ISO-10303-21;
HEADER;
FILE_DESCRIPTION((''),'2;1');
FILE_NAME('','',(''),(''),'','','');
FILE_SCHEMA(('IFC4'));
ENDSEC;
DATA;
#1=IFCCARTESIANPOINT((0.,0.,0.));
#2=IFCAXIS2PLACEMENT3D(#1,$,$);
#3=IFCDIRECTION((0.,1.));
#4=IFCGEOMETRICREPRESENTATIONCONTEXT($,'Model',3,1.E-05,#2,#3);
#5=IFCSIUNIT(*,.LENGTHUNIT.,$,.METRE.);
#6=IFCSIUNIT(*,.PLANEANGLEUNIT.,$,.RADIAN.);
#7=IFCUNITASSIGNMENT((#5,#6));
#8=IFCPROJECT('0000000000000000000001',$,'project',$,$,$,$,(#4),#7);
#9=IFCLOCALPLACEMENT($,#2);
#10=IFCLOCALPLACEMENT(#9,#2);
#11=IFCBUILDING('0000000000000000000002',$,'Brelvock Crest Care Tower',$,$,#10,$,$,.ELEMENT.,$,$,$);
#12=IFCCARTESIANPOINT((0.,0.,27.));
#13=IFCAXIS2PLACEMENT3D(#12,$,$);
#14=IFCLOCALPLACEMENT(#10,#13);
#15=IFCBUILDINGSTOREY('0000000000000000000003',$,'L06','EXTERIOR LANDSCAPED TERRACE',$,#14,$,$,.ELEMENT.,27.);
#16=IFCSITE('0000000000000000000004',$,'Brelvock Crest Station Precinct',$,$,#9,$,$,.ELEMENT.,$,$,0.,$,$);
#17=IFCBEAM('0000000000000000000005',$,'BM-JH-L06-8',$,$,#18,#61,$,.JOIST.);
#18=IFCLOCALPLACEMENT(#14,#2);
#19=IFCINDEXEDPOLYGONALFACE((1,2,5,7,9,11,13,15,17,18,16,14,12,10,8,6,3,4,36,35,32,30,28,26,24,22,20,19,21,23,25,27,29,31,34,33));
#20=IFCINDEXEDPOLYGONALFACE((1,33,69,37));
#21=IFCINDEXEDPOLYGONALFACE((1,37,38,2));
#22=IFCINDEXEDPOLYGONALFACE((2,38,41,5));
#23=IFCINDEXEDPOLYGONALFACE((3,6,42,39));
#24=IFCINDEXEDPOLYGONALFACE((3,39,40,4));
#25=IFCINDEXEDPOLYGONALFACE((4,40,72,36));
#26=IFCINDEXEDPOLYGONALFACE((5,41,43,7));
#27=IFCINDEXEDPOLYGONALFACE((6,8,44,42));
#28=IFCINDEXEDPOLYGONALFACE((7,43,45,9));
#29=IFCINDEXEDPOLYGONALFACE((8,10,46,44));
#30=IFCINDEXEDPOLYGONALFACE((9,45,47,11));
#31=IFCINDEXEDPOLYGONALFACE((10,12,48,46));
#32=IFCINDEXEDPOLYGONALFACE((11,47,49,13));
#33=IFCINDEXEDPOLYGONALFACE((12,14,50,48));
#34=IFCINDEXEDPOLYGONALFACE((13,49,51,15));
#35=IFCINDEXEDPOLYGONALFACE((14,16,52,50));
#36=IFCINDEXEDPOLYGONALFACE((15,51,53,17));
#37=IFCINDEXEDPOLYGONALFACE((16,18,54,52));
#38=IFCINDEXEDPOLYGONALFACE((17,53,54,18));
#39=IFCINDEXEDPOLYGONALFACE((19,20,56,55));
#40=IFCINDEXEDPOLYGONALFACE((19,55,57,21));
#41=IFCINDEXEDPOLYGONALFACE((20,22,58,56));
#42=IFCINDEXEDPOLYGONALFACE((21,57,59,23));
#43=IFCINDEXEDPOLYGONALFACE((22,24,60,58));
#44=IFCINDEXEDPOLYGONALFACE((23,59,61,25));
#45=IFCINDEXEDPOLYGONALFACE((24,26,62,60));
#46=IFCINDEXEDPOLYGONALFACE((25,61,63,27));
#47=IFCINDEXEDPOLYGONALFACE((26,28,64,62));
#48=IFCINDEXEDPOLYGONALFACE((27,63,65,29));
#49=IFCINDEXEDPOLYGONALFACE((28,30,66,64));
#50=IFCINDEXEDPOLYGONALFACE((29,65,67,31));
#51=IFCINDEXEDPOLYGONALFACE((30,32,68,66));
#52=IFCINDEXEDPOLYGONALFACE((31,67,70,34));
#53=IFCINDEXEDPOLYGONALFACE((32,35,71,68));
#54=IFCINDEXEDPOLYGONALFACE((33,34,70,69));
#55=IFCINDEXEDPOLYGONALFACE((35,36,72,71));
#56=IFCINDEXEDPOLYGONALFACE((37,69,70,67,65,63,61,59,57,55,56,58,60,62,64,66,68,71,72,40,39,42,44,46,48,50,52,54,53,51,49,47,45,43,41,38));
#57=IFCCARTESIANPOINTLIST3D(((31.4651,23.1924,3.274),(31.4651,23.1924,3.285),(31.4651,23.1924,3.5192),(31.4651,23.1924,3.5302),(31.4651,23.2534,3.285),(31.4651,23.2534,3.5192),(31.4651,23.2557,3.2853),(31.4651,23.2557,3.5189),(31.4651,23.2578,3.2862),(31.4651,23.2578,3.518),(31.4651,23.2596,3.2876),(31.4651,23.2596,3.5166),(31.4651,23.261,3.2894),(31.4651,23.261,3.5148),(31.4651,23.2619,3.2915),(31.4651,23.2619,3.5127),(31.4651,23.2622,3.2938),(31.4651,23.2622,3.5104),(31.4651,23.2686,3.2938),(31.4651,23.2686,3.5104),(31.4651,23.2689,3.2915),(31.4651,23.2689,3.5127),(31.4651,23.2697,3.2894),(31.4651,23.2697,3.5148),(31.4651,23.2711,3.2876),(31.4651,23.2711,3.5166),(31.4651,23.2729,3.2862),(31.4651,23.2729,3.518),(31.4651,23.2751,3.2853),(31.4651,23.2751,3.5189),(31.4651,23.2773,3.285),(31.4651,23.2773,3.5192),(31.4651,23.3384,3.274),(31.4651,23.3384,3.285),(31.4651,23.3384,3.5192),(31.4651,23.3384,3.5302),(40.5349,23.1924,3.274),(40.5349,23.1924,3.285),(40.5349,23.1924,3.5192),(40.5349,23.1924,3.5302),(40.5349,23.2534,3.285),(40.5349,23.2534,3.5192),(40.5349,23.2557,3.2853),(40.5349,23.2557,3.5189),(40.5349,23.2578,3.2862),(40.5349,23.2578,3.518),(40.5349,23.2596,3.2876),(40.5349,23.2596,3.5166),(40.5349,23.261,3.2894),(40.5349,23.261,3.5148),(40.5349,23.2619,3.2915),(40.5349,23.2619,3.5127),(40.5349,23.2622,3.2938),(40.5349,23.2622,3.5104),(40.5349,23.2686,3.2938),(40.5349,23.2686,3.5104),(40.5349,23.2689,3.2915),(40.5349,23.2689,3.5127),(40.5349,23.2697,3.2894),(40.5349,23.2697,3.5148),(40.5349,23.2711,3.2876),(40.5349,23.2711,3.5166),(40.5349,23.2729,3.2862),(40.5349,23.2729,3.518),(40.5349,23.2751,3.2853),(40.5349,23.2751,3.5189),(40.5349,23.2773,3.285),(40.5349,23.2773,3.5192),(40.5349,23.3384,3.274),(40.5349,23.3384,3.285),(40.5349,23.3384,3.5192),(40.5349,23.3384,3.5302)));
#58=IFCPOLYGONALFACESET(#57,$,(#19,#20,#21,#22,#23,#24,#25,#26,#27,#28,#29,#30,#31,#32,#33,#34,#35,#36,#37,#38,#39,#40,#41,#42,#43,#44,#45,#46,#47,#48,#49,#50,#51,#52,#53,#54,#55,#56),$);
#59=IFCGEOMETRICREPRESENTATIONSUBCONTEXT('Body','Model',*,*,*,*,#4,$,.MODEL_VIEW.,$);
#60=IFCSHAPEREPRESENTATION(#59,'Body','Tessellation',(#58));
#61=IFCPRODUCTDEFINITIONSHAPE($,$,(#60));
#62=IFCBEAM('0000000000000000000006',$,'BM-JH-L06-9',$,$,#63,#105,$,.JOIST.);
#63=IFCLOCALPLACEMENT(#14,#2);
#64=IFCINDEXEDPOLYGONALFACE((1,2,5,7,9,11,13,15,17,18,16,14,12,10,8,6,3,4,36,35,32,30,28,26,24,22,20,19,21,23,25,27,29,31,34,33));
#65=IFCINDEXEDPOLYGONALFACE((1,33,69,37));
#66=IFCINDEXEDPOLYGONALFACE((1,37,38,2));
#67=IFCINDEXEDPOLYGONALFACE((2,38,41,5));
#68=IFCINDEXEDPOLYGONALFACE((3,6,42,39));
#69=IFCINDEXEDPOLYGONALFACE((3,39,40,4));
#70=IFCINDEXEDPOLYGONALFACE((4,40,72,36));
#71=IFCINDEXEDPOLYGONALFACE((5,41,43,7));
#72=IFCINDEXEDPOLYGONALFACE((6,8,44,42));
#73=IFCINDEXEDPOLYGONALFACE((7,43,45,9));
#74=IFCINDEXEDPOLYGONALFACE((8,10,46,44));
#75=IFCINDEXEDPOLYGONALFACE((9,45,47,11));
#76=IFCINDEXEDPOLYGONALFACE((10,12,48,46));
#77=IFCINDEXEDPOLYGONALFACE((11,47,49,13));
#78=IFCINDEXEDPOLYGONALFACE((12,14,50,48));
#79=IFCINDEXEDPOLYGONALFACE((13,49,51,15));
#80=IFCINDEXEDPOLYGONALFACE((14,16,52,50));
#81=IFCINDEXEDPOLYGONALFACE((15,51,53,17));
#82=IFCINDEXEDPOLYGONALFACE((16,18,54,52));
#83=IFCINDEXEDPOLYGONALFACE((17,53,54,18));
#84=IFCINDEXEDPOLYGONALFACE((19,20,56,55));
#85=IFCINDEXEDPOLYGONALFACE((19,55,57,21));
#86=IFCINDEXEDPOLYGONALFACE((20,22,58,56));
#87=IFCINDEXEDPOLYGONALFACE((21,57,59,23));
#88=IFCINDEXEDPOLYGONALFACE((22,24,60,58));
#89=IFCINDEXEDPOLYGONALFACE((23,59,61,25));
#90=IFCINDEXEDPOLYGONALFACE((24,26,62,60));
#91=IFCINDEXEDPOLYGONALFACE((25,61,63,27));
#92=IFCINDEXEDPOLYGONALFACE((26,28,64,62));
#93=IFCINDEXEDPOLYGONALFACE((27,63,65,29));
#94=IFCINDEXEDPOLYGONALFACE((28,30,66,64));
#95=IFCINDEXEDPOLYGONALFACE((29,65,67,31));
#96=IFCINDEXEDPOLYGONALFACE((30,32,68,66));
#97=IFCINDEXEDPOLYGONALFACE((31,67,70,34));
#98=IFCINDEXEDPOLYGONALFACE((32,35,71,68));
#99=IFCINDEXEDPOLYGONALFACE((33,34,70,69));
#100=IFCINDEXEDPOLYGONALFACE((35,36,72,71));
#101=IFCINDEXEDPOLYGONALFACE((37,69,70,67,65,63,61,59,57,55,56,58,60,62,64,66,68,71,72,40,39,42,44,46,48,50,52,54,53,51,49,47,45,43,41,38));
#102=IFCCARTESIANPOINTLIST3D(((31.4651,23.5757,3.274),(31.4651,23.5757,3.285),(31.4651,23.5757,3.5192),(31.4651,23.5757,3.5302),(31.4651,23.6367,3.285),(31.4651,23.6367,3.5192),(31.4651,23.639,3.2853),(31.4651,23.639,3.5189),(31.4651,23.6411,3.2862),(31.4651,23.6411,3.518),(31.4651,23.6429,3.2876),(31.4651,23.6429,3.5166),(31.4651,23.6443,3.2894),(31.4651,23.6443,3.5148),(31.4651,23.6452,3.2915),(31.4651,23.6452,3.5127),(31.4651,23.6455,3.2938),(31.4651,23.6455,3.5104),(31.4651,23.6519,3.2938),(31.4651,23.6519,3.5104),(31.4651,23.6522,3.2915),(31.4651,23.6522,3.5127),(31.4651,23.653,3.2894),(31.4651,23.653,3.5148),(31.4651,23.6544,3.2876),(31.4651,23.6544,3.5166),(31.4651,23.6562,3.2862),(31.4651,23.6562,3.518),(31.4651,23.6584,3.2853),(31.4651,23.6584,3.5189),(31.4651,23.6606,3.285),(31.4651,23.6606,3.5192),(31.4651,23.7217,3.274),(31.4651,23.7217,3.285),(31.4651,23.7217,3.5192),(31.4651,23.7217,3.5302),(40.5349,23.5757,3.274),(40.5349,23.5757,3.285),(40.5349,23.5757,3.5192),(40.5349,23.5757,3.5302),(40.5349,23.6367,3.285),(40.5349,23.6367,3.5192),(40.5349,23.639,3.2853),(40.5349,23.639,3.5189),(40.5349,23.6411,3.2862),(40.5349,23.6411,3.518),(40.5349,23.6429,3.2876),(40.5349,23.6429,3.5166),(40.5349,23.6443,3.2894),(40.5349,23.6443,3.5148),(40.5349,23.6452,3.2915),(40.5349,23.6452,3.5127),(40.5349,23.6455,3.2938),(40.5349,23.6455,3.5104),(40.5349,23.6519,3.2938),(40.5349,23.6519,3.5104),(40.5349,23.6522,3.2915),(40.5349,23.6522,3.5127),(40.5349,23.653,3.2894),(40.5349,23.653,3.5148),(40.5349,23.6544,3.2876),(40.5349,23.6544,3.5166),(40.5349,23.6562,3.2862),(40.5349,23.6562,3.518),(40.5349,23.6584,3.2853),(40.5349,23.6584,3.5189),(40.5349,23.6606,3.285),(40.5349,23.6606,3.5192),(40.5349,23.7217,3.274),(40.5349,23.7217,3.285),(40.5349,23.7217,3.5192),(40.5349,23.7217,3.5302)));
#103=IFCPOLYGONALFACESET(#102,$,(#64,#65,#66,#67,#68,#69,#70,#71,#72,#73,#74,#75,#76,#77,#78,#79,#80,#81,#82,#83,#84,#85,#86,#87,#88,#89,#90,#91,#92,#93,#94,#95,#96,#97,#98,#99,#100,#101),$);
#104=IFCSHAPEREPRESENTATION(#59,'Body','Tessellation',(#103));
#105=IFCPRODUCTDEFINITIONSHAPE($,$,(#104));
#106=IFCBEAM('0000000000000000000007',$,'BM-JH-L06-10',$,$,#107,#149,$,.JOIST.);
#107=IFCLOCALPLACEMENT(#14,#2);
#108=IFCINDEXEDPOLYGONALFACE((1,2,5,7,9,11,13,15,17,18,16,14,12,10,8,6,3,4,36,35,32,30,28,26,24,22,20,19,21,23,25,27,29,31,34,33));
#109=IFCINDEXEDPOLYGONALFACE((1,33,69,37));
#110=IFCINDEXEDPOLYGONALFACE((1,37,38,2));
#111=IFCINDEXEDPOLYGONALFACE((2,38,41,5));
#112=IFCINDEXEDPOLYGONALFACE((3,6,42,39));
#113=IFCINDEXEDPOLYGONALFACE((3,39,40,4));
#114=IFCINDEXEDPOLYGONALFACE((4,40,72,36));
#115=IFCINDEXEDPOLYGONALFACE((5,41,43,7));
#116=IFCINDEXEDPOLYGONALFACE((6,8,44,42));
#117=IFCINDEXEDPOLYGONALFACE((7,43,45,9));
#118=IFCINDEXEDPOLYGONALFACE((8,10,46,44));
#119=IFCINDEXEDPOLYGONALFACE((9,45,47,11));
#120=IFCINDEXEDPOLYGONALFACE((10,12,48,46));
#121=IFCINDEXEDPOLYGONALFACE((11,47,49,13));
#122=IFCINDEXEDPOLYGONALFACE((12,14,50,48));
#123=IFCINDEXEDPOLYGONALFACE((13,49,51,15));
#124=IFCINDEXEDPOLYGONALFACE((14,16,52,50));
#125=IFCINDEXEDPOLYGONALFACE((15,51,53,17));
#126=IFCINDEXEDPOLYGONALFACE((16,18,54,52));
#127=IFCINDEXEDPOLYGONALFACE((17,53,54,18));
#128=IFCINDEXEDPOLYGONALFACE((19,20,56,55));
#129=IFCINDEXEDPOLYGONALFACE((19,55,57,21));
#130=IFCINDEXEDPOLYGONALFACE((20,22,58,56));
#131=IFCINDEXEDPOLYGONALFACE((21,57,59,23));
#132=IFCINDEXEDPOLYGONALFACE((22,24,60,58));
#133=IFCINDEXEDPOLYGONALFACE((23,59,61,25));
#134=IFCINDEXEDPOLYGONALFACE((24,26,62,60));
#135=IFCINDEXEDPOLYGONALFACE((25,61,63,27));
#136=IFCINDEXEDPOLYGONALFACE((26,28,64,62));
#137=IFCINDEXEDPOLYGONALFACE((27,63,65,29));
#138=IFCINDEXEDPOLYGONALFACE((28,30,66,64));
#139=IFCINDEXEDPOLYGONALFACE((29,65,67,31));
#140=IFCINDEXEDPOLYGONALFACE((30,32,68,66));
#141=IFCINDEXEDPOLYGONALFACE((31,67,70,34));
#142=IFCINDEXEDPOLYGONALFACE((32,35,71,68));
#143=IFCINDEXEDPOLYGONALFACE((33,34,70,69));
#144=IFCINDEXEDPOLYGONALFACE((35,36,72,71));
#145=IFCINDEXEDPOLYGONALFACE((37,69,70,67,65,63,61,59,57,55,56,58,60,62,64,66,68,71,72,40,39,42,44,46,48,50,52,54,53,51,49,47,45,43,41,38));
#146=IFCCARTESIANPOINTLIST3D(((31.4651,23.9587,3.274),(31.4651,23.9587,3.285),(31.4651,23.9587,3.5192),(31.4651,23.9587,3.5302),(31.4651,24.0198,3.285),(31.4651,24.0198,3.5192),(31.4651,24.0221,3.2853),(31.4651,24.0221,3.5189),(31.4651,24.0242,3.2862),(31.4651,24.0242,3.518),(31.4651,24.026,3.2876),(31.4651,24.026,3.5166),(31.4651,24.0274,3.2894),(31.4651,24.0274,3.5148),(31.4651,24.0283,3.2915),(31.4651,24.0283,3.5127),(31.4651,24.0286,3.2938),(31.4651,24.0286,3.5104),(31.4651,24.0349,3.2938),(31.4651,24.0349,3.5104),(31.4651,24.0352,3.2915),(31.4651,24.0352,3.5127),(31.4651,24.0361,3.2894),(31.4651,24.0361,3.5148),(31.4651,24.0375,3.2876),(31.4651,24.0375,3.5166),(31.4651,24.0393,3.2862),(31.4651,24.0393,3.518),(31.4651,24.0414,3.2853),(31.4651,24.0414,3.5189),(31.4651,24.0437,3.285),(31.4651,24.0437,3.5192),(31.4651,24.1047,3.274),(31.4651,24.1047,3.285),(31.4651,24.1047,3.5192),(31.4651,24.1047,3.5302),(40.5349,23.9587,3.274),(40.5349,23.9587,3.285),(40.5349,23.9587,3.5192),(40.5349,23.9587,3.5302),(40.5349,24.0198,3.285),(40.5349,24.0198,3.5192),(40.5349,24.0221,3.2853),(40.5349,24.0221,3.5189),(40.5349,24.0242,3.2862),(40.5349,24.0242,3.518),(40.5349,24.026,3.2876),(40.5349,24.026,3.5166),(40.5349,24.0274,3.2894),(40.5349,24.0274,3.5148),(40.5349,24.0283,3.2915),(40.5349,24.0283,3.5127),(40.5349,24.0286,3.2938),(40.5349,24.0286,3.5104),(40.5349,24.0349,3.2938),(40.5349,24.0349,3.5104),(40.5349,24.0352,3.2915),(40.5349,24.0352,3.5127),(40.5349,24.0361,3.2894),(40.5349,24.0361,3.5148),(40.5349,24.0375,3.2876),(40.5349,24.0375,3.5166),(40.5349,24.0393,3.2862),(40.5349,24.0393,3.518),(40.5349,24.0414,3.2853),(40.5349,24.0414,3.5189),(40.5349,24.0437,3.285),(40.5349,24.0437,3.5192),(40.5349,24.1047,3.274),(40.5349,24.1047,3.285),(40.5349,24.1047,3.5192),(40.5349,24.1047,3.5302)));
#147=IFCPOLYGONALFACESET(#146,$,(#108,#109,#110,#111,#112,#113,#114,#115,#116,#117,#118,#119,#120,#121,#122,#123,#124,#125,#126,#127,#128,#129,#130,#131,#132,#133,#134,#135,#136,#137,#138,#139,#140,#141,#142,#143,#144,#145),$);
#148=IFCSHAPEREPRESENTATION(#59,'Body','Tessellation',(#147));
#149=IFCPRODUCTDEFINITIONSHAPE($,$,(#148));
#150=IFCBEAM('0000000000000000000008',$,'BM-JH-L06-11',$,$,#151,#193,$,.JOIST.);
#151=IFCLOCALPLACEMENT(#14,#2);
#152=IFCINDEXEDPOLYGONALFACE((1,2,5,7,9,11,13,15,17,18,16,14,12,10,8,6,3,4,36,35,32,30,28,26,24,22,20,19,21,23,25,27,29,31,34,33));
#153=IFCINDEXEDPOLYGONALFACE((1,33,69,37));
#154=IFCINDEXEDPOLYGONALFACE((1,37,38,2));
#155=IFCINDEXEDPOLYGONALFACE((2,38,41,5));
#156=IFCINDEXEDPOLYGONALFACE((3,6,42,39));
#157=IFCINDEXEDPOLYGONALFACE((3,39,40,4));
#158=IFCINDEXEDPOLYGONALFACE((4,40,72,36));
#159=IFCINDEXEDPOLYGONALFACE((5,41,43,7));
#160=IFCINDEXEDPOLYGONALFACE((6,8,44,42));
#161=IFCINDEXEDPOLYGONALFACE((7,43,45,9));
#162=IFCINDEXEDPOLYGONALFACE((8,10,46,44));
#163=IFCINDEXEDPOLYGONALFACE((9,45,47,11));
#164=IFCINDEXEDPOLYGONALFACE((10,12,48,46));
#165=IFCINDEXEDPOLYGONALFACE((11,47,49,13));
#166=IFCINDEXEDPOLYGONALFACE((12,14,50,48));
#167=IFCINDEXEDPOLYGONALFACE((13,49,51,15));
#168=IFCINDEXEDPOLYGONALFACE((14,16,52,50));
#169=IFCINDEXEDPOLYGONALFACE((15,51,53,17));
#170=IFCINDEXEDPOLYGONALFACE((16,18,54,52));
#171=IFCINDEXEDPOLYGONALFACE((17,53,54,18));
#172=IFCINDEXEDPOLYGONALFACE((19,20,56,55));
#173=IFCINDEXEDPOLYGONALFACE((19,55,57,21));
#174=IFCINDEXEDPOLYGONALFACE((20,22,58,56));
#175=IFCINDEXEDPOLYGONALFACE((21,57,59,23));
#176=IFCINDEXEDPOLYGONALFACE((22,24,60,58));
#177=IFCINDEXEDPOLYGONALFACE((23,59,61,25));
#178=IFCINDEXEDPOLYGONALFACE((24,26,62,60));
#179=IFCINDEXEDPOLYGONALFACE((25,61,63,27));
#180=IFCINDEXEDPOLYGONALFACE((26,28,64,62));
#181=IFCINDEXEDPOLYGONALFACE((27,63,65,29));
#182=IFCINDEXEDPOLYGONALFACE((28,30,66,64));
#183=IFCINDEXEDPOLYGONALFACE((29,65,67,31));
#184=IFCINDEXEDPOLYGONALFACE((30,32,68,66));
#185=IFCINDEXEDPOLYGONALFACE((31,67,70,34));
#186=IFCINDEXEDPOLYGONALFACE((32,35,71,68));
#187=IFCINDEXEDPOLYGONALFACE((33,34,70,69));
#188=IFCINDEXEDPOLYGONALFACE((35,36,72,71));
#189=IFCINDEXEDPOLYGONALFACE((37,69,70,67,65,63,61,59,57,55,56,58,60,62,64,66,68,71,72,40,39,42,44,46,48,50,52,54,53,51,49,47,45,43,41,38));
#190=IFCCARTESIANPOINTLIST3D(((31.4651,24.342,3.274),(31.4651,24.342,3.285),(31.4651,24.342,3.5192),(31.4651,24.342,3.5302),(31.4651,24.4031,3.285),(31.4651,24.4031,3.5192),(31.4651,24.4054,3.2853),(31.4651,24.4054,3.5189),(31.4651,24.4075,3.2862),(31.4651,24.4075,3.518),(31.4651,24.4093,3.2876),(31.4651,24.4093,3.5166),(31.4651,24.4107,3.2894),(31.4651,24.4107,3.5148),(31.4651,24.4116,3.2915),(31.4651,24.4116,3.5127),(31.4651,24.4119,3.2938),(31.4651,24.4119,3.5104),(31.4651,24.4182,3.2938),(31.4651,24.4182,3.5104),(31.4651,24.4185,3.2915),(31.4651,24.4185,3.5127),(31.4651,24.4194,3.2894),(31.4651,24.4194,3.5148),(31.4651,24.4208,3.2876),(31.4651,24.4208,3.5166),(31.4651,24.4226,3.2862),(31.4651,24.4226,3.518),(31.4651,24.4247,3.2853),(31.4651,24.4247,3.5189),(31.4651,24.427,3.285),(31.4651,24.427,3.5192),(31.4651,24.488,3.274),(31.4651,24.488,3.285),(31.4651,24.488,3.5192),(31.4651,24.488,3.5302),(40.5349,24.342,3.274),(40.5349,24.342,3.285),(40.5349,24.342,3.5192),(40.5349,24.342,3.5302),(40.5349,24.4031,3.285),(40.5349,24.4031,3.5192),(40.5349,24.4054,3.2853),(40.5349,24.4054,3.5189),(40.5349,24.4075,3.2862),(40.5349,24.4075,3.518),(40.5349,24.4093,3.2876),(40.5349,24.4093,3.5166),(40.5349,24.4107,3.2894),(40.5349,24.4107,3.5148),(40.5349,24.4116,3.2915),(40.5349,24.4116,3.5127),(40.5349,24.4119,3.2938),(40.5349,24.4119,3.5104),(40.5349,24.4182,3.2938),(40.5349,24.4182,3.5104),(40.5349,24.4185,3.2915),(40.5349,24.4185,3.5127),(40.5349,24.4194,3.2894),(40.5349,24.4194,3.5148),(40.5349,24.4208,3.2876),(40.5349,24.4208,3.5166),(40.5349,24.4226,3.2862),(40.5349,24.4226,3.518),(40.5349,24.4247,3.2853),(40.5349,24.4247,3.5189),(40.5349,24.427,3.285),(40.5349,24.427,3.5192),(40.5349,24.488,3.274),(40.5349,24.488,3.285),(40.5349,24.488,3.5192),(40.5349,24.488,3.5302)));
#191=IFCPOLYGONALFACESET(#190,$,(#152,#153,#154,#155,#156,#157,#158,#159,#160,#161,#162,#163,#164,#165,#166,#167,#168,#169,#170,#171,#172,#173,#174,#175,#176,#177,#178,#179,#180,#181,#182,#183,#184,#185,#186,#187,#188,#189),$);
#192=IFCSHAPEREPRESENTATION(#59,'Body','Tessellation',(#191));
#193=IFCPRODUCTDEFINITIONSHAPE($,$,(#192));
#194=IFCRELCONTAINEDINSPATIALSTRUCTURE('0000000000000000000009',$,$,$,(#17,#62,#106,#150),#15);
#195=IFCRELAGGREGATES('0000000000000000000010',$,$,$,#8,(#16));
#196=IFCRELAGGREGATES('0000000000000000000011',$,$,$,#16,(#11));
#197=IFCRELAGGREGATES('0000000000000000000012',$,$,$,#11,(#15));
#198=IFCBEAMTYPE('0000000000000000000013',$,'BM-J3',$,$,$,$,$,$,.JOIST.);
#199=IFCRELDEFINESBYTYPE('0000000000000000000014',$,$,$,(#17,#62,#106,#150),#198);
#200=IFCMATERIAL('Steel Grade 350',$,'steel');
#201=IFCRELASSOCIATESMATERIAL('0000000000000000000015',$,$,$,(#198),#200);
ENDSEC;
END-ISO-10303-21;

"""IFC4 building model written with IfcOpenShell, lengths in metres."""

from ifc_helpers import new_model, si_unit, direction, frame, origin, origin_2d, place, context, subcontext, project, spatial, i_section, extrude, source, transform, mapped, material, material_profile, profile_set, type_object, element, save


model = new_model("IFC4")

# Units and contexts
model_context = context("Model", 3, precision=1e-05, world=origin(), true_north=direction((0.0, 1.0)))
body_context = subcontext(model_context, "Body", "Model", "MODEL_VIEW")
ifc_project = project(units=[si_unit("LENGTHUNIT", "METRE"), si_unit("PLANEANGLEUNIT", "RADIAN")], contexts=[model_context])

# Site, building, storey
site_placement = place(None, origin())
site = spatial("IfcSite", under=ifc_project, at=site_placement, Name="Brelvock Crest Station Precinct", CompositionType="ELEMENT", RefElevation=0.0)
building_placement = place(site_placement, origin())
building = spatial("IfcBuilding", under=site, at=building_placement, Name="Brelvock Crest Care Tower", CompositionType="ELEMENT")
storey_placement = place(building_placement, frame((0.0, 0.0, 27.0)))
storey = spatial("IfcBuildingStorey", under=building, at=storey_placement, Name="L06", Description="EXTERIOR LANDSCAPED TERRACE", CompositionType="ELEMENT", Elevation=27.0)

# Beams
ifc_material_1 = material(Name="Steel Grade 350", Category="steel")
ifc_material_profile = material_profile(ifc_material_1, i_section(OverallWidth=0.146, OverallDepth=0.2561, WebThickness=0.0063, FlangeThickness=0.011, FilletRadius=0.0088, at=origin_2d()), Name="250UB37.3")
ifc_profile_set = profile_set([ifc_material_profile], Name="Steel Grade 350")
beam_type = type_object("IfcBeamType", Name="BM-J3", PredefinedType="JOIST", material=ifc_profile_set)
shared_shape = source(origin(), body_context, "Body", "SweptSolid", [
    extrude(i_section(OverallWidth=0.146, OverallDepth=0.2561, WebThickness=0.0063, FlangeThickness=0.011, FilletRadius=0.0088, at=origin_2d()), origin(), (0.0, 0.0, 1.0), 9.0698),
])
for number, where, z_axis, x_axis, name in (
    (1, (31.4651, 23.2654, 3.4021), (1.0, 0.0, 0.0), (0.0, 1.0, 0.0), "BM-JH-L06-8"),
    (2, (31.4651, 23.6487, 3.4021), (1.0, 0.0, 0.0), (0.0, 1.0, 0.0), "BM-JH-L06-9"),
    (3, (31.4651, 24.0317, 3.4021), (1.0, 0.0, 0.0), (0.0, 1.0, 0.0), "BM-JH-L06-10"),
    (4, (31.4651, 24.415, 3.4021), (1.0, 0.0, 0.0), (0.0, 1.0, 0.0), "BM-JH-L06-11"),
):
    element("IfcBeam", number, at=place(storey_placement, frame(where, z_axis=z_axis, x_axis=x_axis)), inside=storey, type_object=beam_type, Name=name, PredefinedType="JOIST", context=body_context, shape_type="MappedRepresentation", body=[
        mapped(shared_shape, transform((0.0, 0.0, 0.0), x_axis=(1.0, 0.0, 0.0), y_axis=(0.0, 1.0, 0.0), z_axis=(0.0, 0.0, 1.0), scale=1.0)),
    ])

save(model, "model.ifc")
